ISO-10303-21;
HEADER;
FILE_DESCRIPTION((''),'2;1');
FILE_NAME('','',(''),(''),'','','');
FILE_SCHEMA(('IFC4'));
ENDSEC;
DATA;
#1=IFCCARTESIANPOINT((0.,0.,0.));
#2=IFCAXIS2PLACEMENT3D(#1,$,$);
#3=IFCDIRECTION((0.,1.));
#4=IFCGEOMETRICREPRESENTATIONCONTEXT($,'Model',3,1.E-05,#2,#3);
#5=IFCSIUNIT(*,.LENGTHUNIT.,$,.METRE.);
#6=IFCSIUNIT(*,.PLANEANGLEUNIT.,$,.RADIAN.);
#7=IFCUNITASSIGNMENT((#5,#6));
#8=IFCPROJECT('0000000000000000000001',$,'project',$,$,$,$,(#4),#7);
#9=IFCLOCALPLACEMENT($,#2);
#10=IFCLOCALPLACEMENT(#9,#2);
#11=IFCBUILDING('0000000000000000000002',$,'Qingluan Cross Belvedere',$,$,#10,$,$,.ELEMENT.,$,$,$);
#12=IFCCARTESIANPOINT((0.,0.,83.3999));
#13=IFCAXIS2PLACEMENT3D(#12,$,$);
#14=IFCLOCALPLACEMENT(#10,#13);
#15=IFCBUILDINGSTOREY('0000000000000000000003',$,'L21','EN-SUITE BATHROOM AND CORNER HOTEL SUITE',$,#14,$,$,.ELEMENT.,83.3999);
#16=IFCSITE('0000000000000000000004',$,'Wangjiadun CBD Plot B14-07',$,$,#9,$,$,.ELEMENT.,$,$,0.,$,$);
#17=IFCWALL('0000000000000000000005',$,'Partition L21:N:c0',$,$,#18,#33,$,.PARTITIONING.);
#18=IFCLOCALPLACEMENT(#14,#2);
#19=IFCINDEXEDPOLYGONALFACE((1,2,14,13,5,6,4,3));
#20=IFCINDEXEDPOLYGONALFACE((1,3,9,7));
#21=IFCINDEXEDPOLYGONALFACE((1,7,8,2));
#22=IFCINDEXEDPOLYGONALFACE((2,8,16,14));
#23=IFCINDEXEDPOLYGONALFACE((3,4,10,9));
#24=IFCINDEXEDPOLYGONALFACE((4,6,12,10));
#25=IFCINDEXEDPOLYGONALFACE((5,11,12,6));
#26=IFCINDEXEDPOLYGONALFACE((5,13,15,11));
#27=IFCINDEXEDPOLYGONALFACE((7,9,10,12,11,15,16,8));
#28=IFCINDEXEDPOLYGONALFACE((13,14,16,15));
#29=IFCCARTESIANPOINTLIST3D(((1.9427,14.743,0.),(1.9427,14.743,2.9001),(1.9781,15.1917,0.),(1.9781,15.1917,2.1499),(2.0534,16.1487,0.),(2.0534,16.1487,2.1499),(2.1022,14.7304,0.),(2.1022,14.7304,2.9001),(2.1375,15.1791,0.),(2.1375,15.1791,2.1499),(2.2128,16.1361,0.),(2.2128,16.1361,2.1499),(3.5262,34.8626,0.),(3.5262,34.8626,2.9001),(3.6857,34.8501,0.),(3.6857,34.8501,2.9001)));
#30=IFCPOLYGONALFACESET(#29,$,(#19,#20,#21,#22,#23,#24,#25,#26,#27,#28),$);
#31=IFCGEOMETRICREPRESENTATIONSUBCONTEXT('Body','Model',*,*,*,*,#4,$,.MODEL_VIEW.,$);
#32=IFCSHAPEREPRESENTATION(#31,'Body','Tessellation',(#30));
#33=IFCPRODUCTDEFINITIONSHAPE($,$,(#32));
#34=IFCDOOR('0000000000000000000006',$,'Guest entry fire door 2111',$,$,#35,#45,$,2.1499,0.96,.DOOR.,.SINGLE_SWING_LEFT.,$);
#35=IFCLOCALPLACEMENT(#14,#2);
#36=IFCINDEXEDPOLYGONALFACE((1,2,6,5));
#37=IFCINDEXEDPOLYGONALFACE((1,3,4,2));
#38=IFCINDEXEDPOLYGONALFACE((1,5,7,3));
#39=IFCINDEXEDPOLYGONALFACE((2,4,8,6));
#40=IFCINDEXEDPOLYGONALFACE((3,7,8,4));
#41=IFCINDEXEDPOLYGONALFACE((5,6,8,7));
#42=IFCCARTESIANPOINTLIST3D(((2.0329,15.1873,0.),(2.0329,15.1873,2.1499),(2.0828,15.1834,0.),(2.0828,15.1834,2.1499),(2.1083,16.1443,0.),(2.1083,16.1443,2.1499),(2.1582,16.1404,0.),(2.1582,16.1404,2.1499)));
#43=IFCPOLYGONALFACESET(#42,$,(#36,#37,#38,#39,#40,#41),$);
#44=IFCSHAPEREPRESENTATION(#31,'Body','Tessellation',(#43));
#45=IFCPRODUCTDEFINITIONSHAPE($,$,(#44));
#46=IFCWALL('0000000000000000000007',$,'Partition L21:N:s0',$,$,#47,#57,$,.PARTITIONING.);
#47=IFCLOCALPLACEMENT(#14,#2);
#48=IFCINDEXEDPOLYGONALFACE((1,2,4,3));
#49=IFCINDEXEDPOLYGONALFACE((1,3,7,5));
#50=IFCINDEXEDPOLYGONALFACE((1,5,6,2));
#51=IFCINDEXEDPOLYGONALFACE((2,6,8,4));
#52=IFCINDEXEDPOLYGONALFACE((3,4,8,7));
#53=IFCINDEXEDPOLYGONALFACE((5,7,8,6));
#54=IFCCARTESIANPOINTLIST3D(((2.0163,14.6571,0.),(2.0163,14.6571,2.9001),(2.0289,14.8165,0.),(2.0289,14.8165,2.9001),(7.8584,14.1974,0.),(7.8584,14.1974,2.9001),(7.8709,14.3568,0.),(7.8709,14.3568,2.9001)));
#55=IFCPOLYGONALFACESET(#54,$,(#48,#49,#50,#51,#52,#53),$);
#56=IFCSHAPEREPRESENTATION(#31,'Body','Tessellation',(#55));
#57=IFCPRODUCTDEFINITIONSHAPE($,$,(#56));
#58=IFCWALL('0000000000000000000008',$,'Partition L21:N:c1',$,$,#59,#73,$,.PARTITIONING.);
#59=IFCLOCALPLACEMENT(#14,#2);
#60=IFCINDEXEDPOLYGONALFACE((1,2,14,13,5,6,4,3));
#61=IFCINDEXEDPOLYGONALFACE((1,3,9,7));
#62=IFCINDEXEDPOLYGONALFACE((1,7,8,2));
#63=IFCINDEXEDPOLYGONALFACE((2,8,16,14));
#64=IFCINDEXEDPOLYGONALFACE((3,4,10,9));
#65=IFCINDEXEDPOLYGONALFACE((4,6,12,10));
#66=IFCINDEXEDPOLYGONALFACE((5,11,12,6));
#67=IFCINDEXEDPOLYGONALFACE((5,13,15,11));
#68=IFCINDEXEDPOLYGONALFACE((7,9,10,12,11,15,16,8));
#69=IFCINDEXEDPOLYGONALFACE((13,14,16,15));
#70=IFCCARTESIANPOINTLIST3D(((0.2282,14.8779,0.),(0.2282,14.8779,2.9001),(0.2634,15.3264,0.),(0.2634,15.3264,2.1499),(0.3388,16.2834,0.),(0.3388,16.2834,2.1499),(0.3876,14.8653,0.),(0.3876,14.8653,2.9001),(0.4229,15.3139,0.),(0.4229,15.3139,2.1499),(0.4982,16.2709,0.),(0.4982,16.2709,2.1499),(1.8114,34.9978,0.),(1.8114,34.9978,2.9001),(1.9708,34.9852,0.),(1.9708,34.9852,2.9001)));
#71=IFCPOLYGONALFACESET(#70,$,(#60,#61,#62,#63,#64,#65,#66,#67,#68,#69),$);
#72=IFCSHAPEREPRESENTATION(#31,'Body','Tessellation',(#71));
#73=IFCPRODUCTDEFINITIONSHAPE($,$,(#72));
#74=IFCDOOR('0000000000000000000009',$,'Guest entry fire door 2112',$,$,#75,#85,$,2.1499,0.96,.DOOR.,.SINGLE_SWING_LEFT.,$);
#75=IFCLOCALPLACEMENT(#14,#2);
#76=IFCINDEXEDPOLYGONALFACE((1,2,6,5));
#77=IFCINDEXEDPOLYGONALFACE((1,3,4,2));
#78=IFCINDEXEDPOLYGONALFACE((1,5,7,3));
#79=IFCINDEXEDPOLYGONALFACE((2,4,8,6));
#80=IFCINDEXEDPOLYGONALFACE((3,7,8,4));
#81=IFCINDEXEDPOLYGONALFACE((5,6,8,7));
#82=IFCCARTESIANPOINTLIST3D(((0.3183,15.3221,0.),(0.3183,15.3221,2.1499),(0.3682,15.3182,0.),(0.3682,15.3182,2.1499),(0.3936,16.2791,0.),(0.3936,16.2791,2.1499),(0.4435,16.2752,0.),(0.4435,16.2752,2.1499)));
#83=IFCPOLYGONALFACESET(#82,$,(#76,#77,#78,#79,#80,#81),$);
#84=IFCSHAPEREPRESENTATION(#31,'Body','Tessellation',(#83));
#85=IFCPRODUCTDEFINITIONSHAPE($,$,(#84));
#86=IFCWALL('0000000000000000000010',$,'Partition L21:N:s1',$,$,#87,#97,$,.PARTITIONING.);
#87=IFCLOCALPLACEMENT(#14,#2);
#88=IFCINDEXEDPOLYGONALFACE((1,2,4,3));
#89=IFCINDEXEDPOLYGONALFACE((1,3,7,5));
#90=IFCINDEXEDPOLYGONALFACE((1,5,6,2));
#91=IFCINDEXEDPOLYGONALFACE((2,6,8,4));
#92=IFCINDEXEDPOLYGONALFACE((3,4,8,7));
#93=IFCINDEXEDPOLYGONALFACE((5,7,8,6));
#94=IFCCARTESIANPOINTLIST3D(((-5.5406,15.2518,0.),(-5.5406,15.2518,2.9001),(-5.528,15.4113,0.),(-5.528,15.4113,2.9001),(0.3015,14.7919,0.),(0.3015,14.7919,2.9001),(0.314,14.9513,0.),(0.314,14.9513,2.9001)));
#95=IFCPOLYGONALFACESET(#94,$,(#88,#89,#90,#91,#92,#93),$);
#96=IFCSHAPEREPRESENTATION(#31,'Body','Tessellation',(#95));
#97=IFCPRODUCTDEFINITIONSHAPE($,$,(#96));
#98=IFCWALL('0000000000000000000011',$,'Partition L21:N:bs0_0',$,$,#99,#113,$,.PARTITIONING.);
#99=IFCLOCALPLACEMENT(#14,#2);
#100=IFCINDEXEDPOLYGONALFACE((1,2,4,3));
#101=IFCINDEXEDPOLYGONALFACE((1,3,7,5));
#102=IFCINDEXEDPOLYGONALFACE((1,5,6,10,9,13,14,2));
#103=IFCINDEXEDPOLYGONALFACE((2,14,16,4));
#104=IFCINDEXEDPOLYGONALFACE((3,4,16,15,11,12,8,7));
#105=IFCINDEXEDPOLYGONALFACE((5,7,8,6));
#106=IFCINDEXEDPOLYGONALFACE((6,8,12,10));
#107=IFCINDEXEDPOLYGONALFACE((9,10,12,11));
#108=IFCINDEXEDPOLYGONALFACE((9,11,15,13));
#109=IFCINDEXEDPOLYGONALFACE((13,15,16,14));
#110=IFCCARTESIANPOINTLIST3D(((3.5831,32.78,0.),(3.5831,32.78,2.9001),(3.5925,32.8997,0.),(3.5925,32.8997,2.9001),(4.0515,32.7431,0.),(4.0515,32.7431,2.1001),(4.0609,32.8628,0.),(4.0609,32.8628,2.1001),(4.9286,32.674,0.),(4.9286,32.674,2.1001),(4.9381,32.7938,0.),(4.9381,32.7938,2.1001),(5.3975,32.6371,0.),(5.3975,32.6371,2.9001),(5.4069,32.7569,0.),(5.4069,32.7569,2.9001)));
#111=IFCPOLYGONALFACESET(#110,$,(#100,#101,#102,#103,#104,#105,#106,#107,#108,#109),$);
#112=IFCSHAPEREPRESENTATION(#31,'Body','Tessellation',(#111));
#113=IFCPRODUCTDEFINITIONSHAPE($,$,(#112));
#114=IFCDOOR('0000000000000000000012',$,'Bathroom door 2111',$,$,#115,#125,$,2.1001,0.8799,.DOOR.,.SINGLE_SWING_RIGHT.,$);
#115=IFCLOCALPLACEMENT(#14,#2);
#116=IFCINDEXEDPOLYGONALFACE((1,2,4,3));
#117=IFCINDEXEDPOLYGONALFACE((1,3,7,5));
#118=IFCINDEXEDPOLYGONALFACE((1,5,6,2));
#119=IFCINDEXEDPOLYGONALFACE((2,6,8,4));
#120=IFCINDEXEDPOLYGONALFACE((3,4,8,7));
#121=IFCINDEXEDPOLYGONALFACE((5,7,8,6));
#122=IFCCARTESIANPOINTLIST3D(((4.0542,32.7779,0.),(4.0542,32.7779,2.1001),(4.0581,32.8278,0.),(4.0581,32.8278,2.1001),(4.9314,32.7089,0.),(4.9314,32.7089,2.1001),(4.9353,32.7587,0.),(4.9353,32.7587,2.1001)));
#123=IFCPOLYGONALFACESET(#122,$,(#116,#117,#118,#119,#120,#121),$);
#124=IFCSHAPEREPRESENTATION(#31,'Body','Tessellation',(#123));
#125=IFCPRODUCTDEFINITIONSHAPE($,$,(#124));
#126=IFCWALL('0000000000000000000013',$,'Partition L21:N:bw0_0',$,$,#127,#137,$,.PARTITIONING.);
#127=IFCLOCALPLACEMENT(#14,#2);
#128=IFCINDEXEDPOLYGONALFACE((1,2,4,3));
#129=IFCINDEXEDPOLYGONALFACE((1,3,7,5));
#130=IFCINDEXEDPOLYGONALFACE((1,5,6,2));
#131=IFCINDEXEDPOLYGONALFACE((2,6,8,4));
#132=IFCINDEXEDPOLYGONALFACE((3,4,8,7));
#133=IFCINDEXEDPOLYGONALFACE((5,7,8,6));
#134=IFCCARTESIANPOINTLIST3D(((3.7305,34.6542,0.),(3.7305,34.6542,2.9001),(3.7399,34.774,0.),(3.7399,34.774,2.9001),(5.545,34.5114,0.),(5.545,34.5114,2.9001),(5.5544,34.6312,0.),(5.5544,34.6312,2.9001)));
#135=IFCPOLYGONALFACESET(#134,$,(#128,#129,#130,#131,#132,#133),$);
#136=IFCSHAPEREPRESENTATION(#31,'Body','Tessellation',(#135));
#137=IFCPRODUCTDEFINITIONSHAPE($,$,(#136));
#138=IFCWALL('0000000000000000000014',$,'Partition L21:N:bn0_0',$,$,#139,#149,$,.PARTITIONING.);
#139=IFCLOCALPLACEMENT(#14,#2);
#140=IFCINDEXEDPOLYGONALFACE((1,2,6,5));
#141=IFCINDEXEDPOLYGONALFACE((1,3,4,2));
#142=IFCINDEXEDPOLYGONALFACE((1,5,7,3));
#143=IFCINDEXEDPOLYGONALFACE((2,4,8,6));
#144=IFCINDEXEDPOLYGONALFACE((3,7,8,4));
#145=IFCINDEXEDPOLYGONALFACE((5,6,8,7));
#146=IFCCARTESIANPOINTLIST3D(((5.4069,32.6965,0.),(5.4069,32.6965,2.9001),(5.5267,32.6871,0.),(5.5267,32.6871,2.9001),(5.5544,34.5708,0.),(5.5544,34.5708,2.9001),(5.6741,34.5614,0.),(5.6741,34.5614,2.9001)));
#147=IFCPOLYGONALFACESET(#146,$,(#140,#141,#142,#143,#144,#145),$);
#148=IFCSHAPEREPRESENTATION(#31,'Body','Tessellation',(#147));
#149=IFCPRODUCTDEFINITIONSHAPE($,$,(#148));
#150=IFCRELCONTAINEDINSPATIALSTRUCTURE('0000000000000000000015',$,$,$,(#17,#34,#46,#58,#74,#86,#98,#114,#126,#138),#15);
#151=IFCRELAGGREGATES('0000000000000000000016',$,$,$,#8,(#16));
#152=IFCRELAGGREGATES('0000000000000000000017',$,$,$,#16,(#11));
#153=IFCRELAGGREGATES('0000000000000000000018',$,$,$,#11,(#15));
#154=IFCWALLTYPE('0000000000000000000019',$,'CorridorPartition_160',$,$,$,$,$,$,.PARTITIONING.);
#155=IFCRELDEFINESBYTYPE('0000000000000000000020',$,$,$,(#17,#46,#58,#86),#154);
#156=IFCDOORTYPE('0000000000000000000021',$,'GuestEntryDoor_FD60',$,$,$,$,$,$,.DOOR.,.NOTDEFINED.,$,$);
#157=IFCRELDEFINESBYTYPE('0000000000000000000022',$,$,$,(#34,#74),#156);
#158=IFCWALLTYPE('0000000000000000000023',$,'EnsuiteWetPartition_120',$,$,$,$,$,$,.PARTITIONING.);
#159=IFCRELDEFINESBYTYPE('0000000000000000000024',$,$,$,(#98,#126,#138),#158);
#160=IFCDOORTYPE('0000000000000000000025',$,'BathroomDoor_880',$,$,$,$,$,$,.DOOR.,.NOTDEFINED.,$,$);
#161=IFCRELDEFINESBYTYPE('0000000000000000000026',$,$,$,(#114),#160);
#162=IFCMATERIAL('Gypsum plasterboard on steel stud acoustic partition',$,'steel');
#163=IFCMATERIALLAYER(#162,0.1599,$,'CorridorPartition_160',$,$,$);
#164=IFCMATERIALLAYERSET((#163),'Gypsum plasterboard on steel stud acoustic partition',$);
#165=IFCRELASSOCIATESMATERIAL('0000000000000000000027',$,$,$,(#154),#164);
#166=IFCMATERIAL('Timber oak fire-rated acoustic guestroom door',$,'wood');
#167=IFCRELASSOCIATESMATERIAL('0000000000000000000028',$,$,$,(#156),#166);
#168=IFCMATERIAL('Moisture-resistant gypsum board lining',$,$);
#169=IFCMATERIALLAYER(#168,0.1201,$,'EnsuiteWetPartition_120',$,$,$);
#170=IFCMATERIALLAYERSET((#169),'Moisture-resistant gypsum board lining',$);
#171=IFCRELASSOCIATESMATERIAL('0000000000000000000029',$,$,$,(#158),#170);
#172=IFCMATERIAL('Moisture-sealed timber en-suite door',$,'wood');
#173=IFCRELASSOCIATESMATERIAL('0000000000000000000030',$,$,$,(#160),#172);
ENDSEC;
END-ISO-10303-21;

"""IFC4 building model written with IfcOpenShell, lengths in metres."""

from ifc_helpers import new_model, si_unit, direction, frame, frame_2d, origin, place, context, subcontext, project, spatial, rectangle, extrude, material, layer, layer_set, type_object, element, fill, save


model = new_model("IFC4")

# Units and contexts
model_context = context("Model", 3, precision=1e-05, world=origin(), true_north=direction((0.0, 1.0)))
body_context = subcontext(model_context, "Body", "Model", "MODEL_VIEW")
ifc_project = project(units=[si_unit("LENGTHUNIT", "METRE"), si_unit("PLANEANGLEUNIT", "RADIAN")], contexts=[model_context])

# Site, building, storey
site_placement = place(None, origin())
site = spatial("IfcSite", under=ifc_project, at=site_placement, Name="Wangjiadun CBD Plot B14-07", CompositionType="ELEMENT", RefElevation=0.0)
building_placement = place(site_placement, origin())
building = spatial("IfcBuilding", under=site, at=building_placement, Name="Qingluan Cross Belvedere", CompositionType="ELEMENT")
storey_placement = place(building_placement, frame((0.0, 0.0, 83.3999)))
storey = spatial("IfcBuildingStorey", under=building, at=storey_placement, Name="L21", Description="EN-SUITE BATHROOM AND CORNER HOTEL SUITE", CompositionType="ELEMENT", Elevation=83.3999)

# Wall, opening, door
ifc_material_1 = material(Name="Gypsum plasterboard on steel stud acoustic partition", Category="steel")
ifc_layer_1 = layer(ifc_material_1, 0.1599, Name="CorridorPartition_160")
ifc_layer_set_1 = layer_set([ifc_layer_1], Name="Gypsum plasterboard on steel stud acoustic partition")
wall_type_1 = type_object("IfcWallType", Name="CorridorPartition_160", PredefinedType="PARTITIONING", material=ifc_layer_set_1)
wall_1_placement = place(storey_placement, frame((2.0225, 14.7368, 0.0), z_axis=(0.0, 0.0, 1.0), x_axis=(0.078461, 0.996917, 0.0)))
wall_1 = element("IfcWall", 1, at=wall_1_placement, inside=storey, type_object=wall_type_1, Name="Partition L21:N:c0", PredefinedType="PARTITIONING", context=body_context, shape_type="SweptSolid", body=[
    extrude(rectangle(XDim=20.1819, YDim=0.1599, at=frame_2d((10.0908, 0.0))), origin(), (0.0, 0.0, 1.0), 2.9001),
])
opening_1_placement = place(wall_1_placement, frame((0.45, 0.0, 0.0)))
opening_1 = element("IfcOpeningElement", 2, at=opening_1_placement, cuts=wall_1, PredefinedType="OPENING", context=body_context, shape_type="SweptSolid", body=[
    extrude(rectangle(XDim=0.96, YDim=2.1499, at=frame_2d((0.48, 1.075))), frame((0.0, 0.0898, 0.0), z_axis=(0.0, -1.0, 0.0), x_axis=(1.0, 0.0, 0.0)), (0.0, 0.0, 1.0), 0.1799),
])
ifc_material_2 = material(Name="Timber oak fire-rated acoustic guestroom door", Category="wood")
door_type_1 = type_object("IfcDoorType", Name="GuestEntryDoor_FD60", OperationType="NOTDEFINED", PredefinedType="DOOR", material=ifc_material_2)
door_1_placement = place(opening_1_placement, origin())
door_1 = element("IfcDoor", 3, at=door_1_placement, inside=storey, type_object=door_type_1, Name="Guest entry fire door 2111", OperationType="SINGLE_SWING_LEFT", OverallHeight=2.1499, OverallWidth=0.96, PredefinedType="DOOR", context=body_context, shape_type="SweptSolid", body=[
    extrude(rectangle(XDim=0.96, YDim=2.1499, at=frame_2d((0.48, 1.075))), frame((0.0, 0.0249, 0.0), z_axis=(0.0, -1.0, 0.0), x_axis=(1.0, 0.0, 0.0)), (0.0, 0.0, 1.0), 0.05),
])
fill(opening_1, door_1)

# Wall
wall_2_placement = place(storey_placement, frame((2.0225, 14.7368, 0.0), z_axis=(0.0, 0.0, 1.0), x_axis=(0.996918, -0.078449, 0.0)))
element("IfcWall", 4, at=wall_2_placement, inside=storey, type_object=wall_type_1, Name="Partition L21:N:s0", PredefinedType="PARTITIONING", context=body_context, shape_type="SweptSolid", body=[
    extrude(rectangle(XDim=5.8601, YDim=0.1599, at=frame_2d((2.9302, 0.0))), origin(), (0.0, 0.0, 1.0), 2.9001),
])

# Wall, opening, door
wall_3_placement = place(storey_placement, frame((0.3079, 14.8716, 0.0), z_axis=(0.0, 0.0, 1.0), x_axis=(0.078448, 0.996918, 0.0)))
wall_3 = element("IfcWall", 5, at=wall_3_placement, inside=storey, type_object=wall_type_1, Name="Partition L21:N:c1", PredefinedType="PARTITIONING", context=body_context, shape_type="SweptSolid", body=[
    extrude(rectangle(XDim=20.1821, YDim=0.1599, at=frame_2d((10.0911, 0.0))), origin(), (0.0, 0.0, 1.0), 2.9001),
])
opening_2_placement = place(wall_3_placement, frame((0.45, 0.0, 0.0)))
opening_2 = element("IfcOpeningElement", 6, at=opening_2_placement, cuts=wall_3, PredefinedType="OPENING", context=body_context, shape_type="SweptSolid", body=[
    extrude(rectangle(XDim=0.96, YDim=2.1499, at=frame_2d((0.48, 1.075))), frame((0.0, 0.0898, 0.0), z_axis=(0.0, -1.0, 0.0), x_axis=(1.0, 0.0, 0.0)), (0.0, 0.0, 1.0), 0.1799),
])
door_2_placement = place(opening_2_placement, origin())
door_2 = element("IfcDoor", 7, at=door_2_placement, inside=storey, type_object=door_type_1, Name="Guest entry fire door 2112", OperationType="SINGLE_SWING_LEFT", OverallHeight=2.1499, OverallWidth=0.96, PredefinedType="DOOR", context=body_context, shape_type="SweptSolid", body=[
    extrude(rectangle(XDim=0.96, YDim=2.1499, at=frame_2d((0.48, 1.075))), frame((0.0, 0.0249, 0.0), z_axis=(0.0, -1.0, 0.0), x_axis=(1.0, 0.0, 0.0)), (0.0, 0.0, 1.0), 0.05),
])
fill(opening_2, door_2)

# Wall
wall_4_placement = place(storey_placement, frame((0.3079, 14.8716, 0.0), z_axis=(0.0, 0.0, 1.0), x_axis=(-0.996915, 0.07849, 0.0)))
element("IfcWall", 8, at=wall_4_placement, inside=storey, type_object=wall_type_1, Name="Partition L21:N:s1", PredefinedType="PARTITIONING", context=body_context, shape_type="SweptSolid", body=[
    extrude(rectangle(XDim=5.8601, YDim=0.1599, at=frame_2d((2.9302, 0.0))), origin(), (0.0, 0.0, 1.0), 2.9001),
])

# Wall, opening, door
ifc_material_3 = material(Name="Moisture-resistant gypsum board lining")
ifc_layer_2 = layer(ifc_material_3, 0.1201, Name="EnsuiteWetPartition_120")
ifc_layer_set_2 = layer_set([ifc_layer_2], Name="Moisture-resistant gypsum board lining")
wall_type_2 = type_object("IfcWallType", Name="EnsuiteWetPartition_120", PredefinedType="PARTITIONING", material=ifc_layer_set_2)
wall_5_placement = place(storey_placement, frame((3.5876, 32.8398, 0.0), z_axis=(0.0, 0.0, 1.0), x_axis=(0.996916, -0.078471, 0.0)))
wall_5 = element("IfcWall", 9, at=wall_5_placement, inside=storey, type_object=wall_type_2, Name="Partition L21:N:bs0_0", PredefinedType="PARTITIONING", context=body_context, shape_type="SweptSolid", body=[
    extrude(rectangle(XDim=1.8201, YDim=0.1201, at=frame_2d((0.9102, 0.0))), origin(), (0.0, 0.0, 1.0), 2.9001),
])
opening_3_placement = place(wall_5_placement, frame((0.47, 0.0, 0.0)))
opening_3 = element("IfcOpeningElement", 10, at=opening_3_placement, cuts=wall_5, PredefinedType="OPENING", context=body_context, shape_type="SweptSolid", body=[
    extrude(rectangle(XDim=0.8799, YDim=2.1001, at=frame_2d((0.4399, 1.05))), frame((0.0, 0.0701, 0.0), z_axis=(0.0, -1.0, 0.0), x_axis=(1.0, 0.0, 0.0)), (0.0, 0.0, 1.0), 0.1401),
])
ifc_material_4 = material(Name="Moisture-sealed timber en-suite door", Category="wood")
door_type_2 = type_object("IfcDoorType", Name="BathroomDoor_880", OperationType="NOTDEFINED", PredefinedType="DOOR", material=ifc_material_4)
door_3_placement = place(opening_3_placement, origin())
door_3 = element("IfcDoor", 11, at=door_3_placement, inside=storey, type_object=door_type_2, Name="Bathroom door 2111", OperationType="SINGLE_SWING_RIGHT", OverallHeight=2.1001, OverallWidth=0.8799, PredefinedType="DOOR", context=body_context, shape_type="SweptSolid", body=[
    extrude(rectangle(XDim=0.8799, YDim=2.1001, at=frame_2d((0.4399, 1.05))), frame((0.0, 0.0249, 0.0), z_axis=(0.0, -1.0, 0.0), x_axis=(1.0, 0.0, 0.0)), (0.0, 0.0, 1.0), 0.05),
])
fill(opening_3, door_3)

# Walls
wall_6_placement = place(storey_placement, frame((3.7351, 34.7141, 0.0), z_axis=(0.0, 0.0, 1.0), x_axis=(0.996916, -0.078471, 0.0)))
element("IfcWall", 12, at=wall_6_placement, inside=storey, type_object=wall_type_2, Name="Partition L21:N:bw0_0", PredefinedType="PARTITIONING", context=body_context, shape_type="SweptSolid", body=[
    extrude(rectangle(XDim=1.8201, YDim=0.1201, at=frame_2d((0.9102, 0.0))), origin(), (0.0, 0.0, 1.0), 2.9001),
])
wall_7_placement = place(storey_placement, frame((5.4668, 32.6919, 0.0), z_axis=(0.0, 0.0, 1.0), x_axis=(0.078434, 0.996919, 0.0)))
element("IfcWall", 13, at=wall_7_placement, inside=storey, type_object=wall_type_2, Name="Partition L21:N:bn0_0", PredefinedType="PARTITIONING", context=body_context, shape_type="SweptSolid", body=[
    extrude(rectangle(XDim=1.8801, YDim=0.1201, at=frame_2d((0.9399, 0.0))), origin(), (0.0, 0.0, 1.0), 2.9001),
])

save(model, "model.ifc")
